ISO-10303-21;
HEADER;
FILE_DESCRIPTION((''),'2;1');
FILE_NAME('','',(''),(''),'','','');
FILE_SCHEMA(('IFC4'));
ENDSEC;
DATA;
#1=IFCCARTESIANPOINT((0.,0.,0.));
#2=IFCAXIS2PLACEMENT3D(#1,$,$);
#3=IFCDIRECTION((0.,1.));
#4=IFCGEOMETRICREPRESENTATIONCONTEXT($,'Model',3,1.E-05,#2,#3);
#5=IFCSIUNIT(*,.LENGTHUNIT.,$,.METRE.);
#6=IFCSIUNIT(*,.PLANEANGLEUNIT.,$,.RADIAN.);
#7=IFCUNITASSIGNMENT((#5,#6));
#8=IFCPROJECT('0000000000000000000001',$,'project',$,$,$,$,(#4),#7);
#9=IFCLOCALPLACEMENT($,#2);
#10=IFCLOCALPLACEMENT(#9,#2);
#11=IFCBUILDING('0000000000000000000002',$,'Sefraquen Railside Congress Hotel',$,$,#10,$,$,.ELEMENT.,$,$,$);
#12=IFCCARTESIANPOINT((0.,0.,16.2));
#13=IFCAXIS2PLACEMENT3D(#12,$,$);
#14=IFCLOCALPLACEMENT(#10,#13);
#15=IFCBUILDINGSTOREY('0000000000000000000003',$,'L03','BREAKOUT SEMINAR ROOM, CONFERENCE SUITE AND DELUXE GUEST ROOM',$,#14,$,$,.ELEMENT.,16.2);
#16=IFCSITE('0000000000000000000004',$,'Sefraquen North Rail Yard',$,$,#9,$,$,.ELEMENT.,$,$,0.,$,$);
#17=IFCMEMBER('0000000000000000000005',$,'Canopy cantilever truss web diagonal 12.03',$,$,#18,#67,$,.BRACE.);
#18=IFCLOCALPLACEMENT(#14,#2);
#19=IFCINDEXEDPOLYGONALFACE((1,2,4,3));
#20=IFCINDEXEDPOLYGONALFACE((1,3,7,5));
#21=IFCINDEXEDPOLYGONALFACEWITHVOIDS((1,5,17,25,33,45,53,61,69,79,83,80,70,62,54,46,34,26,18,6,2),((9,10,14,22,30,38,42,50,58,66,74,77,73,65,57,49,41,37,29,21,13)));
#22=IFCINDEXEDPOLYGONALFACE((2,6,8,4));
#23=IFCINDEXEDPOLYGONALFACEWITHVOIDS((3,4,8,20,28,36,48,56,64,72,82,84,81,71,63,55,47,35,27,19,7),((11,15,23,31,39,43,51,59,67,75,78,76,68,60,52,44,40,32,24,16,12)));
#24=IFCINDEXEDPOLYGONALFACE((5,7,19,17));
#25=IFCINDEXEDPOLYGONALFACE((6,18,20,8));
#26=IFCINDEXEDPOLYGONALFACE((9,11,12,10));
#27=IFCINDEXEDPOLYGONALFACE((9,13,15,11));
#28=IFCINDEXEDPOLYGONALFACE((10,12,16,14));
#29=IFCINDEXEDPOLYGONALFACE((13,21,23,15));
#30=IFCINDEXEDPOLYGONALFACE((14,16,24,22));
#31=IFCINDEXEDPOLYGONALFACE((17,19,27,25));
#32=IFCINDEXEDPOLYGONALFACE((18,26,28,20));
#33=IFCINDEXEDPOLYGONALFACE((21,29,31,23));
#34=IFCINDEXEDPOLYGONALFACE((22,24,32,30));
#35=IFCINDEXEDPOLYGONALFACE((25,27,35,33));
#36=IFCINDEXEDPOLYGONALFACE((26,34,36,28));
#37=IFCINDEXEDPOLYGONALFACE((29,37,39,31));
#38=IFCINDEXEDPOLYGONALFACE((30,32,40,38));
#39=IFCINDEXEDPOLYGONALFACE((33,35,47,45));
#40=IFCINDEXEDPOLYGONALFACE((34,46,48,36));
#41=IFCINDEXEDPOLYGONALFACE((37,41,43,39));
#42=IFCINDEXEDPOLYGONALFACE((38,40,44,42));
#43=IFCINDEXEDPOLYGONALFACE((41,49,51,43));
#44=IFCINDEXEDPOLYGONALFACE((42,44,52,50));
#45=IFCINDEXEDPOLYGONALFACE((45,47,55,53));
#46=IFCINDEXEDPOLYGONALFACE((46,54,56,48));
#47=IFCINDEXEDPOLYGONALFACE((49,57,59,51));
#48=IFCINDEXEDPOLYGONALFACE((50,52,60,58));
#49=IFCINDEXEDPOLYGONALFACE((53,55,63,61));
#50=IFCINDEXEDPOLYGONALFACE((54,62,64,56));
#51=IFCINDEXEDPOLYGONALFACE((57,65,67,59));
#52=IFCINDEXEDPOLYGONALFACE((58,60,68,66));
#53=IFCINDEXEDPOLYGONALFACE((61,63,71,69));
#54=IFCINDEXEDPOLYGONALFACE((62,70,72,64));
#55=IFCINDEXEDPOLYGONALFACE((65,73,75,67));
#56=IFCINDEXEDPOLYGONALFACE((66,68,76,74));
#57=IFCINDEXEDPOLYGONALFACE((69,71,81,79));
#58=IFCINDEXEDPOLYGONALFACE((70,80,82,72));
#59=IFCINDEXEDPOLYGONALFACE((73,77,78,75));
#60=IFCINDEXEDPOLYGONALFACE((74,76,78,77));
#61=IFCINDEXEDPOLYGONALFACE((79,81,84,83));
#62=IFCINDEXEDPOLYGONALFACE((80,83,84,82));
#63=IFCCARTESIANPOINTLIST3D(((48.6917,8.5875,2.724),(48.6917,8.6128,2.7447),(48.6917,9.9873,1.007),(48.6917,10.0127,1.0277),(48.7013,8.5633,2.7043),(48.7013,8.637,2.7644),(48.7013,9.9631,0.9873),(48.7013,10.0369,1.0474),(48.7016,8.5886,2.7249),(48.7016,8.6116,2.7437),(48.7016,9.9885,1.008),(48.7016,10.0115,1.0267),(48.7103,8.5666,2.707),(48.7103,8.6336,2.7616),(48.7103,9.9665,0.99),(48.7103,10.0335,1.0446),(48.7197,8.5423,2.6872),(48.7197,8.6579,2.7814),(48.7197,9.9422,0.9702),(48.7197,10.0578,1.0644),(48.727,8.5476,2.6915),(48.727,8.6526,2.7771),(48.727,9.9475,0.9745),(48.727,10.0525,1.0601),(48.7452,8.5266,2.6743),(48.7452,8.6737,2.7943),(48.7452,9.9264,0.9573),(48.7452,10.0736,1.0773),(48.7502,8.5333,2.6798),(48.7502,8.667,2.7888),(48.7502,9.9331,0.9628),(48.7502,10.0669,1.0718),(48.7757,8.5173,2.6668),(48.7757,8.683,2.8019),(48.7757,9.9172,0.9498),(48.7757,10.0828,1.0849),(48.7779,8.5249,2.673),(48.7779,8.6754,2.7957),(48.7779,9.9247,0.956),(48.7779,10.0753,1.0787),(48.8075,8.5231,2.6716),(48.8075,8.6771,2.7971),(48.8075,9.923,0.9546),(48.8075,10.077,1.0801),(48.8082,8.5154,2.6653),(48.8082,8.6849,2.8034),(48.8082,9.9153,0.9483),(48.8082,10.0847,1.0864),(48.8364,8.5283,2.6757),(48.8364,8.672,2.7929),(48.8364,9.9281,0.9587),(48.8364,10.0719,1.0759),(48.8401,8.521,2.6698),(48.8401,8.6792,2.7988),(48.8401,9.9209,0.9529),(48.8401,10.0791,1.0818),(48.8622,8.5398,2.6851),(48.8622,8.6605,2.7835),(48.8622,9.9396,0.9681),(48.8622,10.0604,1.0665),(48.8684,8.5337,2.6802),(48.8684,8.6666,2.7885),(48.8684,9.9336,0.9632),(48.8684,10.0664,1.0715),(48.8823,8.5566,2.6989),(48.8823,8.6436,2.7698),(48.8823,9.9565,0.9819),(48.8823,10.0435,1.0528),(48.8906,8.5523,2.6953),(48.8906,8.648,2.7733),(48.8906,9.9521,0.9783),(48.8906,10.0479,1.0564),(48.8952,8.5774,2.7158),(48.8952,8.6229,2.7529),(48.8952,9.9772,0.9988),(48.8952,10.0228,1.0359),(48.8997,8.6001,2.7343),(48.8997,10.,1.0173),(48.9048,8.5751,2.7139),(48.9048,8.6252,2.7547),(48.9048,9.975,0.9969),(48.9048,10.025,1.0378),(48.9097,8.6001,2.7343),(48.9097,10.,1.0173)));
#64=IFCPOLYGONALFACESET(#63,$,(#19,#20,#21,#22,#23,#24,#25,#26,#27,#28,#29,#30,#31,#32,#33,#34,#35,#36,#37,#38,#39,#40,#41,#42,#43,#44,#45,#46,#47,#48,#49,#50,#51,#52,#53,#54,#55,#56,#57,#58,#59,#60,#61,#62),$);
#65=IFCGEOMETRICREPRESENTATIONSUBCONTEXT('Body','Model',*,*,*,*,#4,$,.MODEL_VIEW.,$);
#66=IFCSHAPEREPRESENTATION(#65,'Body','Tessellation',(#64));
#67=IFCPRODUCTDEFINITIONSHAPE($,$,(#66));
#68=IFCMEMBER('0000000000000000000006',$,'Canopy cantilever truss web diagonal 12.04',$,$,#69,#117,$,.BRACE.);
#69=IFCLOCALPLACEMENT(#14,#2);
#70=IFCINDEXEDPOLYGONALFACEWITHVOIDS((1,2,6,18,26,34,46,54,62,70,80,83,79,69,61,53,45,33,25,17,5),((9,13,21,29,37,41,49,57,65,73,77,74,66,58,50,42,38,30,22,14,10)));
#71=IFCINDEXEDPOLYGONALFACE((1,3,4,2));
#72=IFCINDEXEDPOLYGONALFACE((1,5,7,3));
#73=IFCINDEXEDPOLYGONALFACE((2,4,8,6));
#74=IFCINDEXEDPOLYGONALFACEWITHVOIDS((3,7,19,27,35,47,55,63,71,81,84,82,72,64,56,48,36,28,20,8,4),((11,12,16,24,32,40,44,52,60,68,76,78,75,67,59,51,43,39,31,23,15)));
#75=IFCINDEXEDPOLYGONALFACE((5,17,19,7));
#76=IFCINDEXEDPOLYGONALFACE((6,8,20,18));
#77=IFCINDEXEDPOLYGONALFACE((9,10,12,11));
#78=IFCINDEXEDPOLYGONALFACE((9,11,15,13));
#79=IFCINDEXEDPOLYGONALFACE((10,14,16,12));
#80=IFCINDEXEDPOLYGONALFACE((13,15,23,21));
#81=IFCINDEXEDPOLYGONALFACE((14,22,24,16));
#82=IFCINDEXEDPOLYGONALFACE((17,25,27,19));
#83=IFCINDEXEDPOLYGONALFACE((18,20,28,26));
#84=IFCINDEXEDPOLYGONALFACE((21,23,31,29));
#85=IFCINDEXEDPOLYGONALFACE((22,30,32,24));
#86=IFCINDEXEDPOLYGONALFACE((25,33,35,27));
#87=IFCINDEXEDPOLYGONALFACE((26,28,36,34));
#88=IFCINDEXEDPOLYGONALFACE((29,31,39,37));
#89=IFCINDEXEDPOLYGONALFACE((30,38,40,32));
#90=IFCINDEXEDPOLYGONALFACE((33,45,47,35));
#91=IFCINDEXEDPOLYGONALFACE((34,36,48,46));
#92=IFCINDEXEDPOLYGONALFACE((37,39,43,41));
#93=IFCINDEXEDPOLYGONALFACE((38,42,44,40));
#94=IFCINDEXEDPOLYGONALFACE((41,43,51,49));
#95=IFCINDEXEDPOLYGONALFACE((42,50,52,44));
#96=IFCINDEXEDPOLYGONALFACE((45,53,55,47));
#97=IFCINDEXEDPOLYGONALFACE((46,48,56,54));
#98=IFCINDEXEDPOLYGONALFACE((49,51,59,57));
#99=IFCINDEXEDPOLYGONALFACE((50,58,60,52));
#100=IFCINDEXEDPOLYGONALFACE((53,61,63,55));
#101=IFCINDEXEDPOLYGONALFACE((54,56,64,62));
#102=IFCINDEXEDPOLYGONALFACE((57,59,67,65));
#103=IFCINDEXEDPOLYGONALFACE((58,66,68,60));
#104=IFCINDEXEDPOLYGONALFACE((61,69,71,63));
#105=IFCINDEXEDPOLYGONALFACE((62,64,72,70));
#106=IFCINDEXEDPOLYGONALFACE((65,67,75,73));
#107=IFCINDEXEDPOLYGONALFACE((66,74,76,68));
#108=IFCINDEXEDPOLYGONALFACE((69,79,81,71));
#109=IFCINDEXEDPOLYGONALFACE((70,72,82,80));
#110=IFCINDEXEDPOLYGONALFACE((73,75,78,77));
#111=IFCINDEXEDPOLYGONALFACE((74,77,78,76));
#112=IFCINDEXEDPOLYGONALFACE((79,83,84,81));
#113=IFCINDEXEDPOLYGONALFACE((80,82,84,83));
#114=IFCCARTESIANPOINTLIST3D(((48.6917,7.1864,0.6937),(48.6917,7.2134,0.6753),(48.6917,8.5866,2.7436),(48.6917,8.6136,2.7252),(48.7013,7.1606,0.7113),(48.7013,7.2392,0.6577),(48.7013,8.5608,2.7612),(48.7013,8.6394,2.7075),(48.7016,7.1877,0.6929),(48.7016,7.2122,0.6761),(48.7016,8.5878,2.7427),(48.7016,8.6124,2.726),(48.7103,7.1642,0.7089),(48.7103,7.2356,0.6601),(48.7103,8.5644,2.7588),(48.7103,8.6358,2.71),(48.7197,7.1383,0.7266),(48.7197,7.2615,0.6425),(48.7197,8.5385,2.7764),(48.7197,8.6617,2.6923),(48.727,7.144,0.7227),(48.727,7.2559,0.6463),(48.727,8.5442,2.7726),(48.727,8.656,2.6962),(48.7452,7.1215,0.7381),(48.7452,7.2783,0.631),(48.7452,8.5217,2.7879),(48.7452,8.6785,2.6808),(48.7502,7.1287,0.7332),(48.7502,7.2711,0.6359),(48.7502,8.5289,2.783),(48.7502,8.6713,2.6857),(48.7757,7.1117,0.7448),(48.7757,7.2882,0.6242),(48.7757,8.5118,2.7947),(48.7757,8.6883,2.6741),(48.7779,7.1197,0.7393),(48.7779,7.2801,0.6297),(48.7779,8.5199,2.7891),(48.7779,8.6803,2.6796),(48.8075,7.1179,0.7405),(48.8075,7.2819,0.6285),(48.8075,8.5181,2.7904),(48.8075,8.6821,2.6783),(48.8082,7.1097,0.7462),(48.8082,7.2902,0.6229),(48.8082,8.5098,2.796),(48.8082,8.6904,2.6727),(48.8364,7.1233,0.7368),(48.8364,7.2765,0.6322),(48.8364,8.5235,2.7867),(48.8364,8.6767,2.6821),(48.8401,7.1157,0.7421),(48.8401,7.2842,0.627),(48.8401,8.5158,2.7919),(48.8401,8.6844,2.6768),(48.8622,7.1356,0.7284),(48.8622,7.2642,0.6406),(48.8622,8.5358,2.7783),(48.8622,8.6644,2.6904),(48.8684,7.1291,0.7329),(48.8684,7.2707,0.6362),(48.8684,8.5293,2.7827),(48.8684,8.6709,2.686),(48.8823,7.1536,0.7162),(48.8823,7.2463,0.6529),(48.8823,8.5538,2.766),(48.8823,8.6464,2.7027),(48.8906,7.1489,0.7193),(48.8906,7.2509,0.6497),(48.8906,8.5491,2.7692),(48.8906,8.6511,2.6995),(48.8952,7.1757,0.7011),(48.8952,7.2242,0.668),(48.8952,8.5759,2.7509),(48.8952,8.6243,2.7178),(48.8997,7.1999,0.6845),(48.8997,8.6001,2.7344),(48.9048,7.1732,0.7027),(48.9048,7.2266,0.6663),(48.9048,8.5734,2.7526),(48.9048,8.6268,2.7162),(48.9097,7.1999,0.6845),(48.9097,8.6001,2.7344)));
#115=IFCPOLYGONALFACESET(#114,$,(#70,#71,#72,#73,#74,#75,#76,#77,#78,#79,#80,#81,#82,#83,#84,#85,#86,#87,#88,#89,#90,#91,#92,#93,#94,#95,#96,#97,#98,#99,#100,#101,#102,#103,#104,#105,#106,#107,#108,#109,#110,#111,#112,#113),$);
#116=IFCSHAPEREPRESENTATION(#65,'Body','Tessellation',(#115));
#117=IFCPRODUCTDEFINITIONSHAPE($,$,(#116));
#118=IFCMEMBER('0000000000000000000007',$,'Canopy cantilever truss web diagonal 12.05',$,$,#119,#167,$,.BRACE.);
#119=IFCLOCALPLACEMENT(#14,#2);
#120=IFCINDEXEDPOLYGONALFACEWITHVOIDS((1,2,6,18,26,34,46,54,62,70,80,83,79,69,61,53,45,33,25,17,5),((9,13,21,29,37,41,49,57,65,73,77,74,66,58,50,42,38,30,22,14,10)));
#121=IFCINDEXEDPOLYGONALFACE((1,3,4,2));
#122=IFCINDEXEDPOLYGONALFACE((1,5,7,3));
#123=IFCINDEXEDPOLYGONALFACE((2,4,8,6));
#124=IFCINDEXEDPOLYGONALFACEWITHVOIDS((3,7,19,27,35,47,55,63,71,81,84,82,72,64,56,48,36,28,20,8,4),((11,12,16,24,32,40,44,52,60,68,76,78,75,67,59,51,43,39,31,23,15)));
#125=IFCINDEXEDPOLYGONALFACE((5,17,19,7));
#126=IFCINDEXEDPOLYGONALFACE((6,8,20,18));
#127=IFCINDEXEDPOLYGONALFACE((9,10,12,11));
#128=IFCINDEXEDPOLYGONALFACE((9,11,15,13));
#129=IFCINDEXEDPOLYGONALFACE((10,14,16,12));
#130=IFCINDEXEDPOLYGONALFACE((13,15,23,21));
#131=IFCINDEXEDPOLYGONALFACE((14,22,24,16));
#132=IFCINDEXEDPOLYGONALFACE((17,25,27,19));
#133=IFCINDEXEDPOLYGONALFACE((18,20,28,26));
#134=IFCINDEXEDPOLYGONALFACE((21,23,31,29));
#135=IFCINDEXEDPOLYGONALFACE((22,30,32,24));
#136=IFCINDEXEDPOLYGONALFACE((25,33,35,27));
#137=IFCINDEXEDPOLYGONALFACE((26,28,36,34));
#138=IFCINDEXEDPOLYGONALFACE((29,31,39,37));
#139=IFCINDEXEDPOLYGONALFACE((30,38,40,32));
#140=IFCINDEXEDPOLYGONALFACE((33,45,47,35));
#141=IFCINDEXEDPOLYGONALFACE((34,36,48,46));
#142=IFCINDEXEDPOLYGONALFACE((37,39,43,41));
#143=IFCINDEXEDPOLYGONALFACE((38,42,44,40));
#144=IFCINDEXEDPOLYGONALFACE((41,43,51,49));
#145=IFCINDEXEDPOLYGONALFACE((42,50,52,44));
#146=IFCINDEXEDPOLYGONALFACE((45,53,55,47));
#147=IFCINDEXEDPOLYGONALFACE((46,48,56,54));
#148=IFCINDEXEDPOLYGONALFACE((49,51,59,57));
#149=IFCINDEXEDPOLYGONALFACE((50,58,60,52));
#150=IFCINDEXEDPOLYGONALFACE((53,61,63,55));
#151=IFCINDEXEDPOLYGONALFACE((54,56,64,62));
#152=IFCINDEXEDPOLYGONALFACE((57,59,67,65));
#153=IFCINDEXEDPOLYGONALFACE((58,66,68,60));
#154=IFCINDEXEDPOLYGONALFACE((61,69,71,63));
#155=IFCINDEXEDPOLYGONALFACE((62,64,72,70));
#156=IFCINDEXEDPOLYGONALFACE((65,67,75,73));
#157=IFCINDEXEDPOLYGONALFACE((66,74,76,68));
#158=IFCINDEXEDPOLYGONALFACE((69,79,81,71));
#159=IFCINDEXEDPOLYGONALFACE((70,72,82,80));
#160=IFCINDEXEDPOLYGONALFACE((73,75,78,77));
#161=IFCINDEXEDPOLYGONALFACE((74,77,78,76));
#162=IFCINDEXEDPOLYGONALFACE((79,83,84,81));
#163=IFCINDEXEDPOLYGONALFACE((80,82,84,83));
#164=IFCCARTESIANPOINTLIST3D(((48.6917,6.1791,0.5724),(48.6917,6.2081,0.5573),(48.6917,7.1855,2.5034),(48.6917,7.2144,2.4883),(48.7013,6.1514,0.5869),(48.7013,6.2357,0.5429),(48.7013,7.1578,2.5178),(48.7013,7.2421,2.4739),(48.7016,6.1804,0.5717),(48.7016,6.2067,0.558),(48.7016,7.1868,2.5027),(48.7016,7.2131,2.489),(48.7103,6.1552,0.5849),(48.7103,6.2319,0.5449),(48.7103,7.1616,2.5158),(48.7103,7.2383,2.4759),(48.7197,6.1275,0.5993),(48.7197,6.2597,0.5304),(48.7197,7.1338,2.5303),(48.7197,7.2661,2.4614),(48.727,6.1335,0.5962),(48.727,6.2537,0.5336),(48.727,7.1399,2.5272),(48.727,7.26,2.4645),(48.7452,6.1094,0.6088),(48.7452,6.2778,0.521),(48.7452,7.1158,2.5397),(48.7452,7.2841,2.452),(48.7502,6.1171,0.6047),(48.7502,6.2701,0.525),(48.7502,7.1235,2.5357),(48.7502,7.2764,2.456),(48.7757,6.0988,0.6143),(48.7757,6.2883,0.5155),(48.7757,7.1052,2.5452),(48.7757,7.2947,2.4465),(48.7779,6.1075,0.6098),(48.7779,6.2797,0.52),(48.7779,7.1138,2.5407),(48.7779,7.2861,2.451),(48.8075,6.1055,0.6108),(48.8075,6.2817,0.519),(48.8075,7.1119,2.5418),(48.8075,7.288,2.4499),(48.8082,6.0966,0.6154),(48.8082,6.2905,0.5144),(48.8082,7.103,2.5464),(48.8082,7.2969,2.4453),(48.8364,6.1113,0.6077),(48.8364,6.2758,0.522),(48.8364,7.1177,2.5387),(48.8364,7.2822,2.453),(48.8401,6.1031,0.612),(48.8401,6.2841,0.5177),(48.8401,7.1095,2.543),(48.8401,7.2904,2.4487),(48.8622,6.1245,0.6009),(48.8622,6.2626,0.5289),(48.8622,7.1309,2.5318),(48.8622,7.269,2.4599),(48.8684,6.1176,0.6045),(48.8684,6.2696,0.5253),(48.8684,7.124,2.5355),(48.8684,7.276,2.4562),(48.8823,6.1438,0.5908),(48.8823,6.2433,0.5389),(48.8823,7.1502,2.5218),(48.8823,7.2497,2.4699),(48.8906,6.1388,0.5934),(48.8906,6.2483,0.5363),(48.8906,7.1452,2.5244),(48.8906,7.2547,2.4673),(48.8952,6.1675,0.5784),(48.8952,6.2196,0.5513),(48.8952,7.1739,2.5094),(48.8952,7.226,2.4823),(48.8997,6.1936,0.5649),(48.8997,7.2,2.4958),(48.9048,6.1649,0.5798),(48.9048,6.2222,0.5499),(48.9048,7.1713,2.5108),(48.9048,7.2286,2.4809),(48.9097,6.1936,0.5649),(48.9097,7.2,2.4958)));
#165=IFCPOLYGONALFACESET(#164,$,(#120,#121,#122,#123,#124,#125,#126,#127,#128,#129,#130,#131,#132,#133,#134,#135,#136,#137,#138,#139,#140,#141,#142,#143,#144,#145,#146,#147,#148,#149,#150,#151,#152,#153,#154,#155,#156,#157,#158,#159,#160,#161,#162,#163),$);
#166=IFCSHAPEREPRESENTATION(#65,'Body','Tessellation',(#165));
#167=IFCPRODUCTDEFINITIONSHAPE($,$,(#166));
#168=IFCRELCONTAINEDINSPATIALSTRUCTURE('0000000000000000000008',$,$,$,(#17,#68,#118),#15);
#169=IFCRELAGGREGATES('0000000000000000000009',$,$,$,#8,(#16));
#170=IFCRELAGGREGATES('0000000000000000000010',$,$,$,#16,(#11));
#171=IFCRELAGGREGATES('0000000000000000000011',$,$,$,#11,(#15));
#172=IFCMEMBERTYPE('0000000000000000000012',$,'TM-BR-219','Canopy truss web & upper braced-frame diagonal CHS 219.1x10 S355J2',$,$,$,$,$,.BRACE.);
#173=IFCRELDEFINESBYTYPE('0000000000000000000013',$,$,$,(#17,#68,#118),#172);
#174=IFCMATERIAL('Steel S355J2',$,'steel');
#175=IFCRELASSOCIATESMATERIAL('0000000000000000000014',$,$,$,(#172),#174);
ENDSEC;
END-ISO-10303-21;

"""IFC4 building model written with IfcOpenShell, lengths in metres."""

from ifc_helpers import new_model, si_unit, direction, frame, origin, origin_2d, place, context, subcontext, project, spatial, hollow_circle, extrude, material, material_profile, profile_set, type_object, element, save


model = new_model("IFC4")

# Units and contexts
model_context = context("Model", 3, precision=1e-05, world=origin(), true_north=direction((0.0, 1.0)))
body_context = subcontext(model_context, "Body", "Model", "MODEL_VIEW")
ifc_project = project(units=[si_unit("LENGTHUNIT", "METRE"), si_unit("PLANEANGLEUNIT", "RADIAN")], contexts=[model_context])

# Site, building, storey
site_placement = place(None, origin())
site = spatial("IfcSite", under=ifc_project, at=site_placement, Name="Sefraquen North Rail Yard", CompositionType="ELEMENT", RefElevation=0.0)
building_placement = place(site_placement, origin())
building = spatial("IfcBuilding", under=site, at=building_placement, Name="Sefraquen Railside Congress Hotel", CompositionType="ELEMENT")
storey_placement = place(building_placement, frame((0.0, 0.0, 16.2)))
storey = spatial("IfcBuildingStorey", under=building, at=storey_placement, Name="L03", Description="BREAKOUT SEMINAR ROOM, CONFERENCE SUITE AND DELUXE GUEST ROOM", CompositionType="ELEMENT", Elevation=16.2)

# Members
ifc_material_1 = material(Name="Steel S355J2", Category="steel")
ifc_material_profile_1 = material_profile(ifc_material_1, hollow_circle(Radius=0.1096, WallThickness=0.01, at=origin_2d()), Name="CHS 219.1x10")
ifc_profile_set_1 = profile_set([ifc_material_profile_1], Name="Steel S355J2")
member_type_1 = type_object("IfcMemberType", Name="TM-BR-219", Description="Canopy truss web & upper braced-frame diagonal CHS 219.1x10 S355J2", PredefinedType="BRACE", material=ifc_profile_set_1)
member_1_placement = place(storey_placement, frame((48.8, 10.0, 1.0173), z_axis=(0.0, -0.631899, 0.775051), x_axis=(1.0, 0.0, 0.0)))
element("IfcMember", 1, at=member_1_placement, inside=storey, type_object=member_type_1, Name="Canopy cantilever truss web diagonal 12.03", PredefinedType="BRACE", context=body_context, shape_type="SweptSolid", body=[
    extrude(hollow_circle(Radius=0.1096, WallThickness=0.01, at=origin_2d()), origin(), (0.0, 0.0, 1.0), 2.2153),
])
member_2_placement = place(storey_placement, frame((48.8, 8.6001, 2.7344), z_axis=(0.0, -0.564039, -0.825748), x_axis=(1.0, 0.0, 0.0)))
element("IfcMember", 2, at=member_2_placement, inside=storey, type_object=member_type_1, Name="Canopy cantilever truss web diagonal 12.04", PredefinedType="BRACE", context=body_context, shape_type="SweptSolid", body=[
    extrude(hollow_circle(Radius=0.1096, WallThickness=0.01, at=origin_2d()), origin(), (0.0, 0.0, 1.0), 2.4824),
])
member_3_placement = place(storey_placement, frame((48.8, 7.2, 2.4958), z_axis=(0.0, -0.462175, -0.886789), x_axis=(1.0, 0.0, 0.0)))
element("IfcMember", 3, at=member_3_placement, inside=storey, type_object=member_type_1, Name="Canopy cantilever truss web diagonal 12.05", PredefinedType="BRACE", context=body_context, shape_type="SweptSolid", body=[
    extrude(hollow_circle(Radius=0.1096, WallThickness=0.01, at=origin_2d()), origin(), (0.0, 0.0, 1.0), 2.1775),
])

save(model, "model.ifc")
